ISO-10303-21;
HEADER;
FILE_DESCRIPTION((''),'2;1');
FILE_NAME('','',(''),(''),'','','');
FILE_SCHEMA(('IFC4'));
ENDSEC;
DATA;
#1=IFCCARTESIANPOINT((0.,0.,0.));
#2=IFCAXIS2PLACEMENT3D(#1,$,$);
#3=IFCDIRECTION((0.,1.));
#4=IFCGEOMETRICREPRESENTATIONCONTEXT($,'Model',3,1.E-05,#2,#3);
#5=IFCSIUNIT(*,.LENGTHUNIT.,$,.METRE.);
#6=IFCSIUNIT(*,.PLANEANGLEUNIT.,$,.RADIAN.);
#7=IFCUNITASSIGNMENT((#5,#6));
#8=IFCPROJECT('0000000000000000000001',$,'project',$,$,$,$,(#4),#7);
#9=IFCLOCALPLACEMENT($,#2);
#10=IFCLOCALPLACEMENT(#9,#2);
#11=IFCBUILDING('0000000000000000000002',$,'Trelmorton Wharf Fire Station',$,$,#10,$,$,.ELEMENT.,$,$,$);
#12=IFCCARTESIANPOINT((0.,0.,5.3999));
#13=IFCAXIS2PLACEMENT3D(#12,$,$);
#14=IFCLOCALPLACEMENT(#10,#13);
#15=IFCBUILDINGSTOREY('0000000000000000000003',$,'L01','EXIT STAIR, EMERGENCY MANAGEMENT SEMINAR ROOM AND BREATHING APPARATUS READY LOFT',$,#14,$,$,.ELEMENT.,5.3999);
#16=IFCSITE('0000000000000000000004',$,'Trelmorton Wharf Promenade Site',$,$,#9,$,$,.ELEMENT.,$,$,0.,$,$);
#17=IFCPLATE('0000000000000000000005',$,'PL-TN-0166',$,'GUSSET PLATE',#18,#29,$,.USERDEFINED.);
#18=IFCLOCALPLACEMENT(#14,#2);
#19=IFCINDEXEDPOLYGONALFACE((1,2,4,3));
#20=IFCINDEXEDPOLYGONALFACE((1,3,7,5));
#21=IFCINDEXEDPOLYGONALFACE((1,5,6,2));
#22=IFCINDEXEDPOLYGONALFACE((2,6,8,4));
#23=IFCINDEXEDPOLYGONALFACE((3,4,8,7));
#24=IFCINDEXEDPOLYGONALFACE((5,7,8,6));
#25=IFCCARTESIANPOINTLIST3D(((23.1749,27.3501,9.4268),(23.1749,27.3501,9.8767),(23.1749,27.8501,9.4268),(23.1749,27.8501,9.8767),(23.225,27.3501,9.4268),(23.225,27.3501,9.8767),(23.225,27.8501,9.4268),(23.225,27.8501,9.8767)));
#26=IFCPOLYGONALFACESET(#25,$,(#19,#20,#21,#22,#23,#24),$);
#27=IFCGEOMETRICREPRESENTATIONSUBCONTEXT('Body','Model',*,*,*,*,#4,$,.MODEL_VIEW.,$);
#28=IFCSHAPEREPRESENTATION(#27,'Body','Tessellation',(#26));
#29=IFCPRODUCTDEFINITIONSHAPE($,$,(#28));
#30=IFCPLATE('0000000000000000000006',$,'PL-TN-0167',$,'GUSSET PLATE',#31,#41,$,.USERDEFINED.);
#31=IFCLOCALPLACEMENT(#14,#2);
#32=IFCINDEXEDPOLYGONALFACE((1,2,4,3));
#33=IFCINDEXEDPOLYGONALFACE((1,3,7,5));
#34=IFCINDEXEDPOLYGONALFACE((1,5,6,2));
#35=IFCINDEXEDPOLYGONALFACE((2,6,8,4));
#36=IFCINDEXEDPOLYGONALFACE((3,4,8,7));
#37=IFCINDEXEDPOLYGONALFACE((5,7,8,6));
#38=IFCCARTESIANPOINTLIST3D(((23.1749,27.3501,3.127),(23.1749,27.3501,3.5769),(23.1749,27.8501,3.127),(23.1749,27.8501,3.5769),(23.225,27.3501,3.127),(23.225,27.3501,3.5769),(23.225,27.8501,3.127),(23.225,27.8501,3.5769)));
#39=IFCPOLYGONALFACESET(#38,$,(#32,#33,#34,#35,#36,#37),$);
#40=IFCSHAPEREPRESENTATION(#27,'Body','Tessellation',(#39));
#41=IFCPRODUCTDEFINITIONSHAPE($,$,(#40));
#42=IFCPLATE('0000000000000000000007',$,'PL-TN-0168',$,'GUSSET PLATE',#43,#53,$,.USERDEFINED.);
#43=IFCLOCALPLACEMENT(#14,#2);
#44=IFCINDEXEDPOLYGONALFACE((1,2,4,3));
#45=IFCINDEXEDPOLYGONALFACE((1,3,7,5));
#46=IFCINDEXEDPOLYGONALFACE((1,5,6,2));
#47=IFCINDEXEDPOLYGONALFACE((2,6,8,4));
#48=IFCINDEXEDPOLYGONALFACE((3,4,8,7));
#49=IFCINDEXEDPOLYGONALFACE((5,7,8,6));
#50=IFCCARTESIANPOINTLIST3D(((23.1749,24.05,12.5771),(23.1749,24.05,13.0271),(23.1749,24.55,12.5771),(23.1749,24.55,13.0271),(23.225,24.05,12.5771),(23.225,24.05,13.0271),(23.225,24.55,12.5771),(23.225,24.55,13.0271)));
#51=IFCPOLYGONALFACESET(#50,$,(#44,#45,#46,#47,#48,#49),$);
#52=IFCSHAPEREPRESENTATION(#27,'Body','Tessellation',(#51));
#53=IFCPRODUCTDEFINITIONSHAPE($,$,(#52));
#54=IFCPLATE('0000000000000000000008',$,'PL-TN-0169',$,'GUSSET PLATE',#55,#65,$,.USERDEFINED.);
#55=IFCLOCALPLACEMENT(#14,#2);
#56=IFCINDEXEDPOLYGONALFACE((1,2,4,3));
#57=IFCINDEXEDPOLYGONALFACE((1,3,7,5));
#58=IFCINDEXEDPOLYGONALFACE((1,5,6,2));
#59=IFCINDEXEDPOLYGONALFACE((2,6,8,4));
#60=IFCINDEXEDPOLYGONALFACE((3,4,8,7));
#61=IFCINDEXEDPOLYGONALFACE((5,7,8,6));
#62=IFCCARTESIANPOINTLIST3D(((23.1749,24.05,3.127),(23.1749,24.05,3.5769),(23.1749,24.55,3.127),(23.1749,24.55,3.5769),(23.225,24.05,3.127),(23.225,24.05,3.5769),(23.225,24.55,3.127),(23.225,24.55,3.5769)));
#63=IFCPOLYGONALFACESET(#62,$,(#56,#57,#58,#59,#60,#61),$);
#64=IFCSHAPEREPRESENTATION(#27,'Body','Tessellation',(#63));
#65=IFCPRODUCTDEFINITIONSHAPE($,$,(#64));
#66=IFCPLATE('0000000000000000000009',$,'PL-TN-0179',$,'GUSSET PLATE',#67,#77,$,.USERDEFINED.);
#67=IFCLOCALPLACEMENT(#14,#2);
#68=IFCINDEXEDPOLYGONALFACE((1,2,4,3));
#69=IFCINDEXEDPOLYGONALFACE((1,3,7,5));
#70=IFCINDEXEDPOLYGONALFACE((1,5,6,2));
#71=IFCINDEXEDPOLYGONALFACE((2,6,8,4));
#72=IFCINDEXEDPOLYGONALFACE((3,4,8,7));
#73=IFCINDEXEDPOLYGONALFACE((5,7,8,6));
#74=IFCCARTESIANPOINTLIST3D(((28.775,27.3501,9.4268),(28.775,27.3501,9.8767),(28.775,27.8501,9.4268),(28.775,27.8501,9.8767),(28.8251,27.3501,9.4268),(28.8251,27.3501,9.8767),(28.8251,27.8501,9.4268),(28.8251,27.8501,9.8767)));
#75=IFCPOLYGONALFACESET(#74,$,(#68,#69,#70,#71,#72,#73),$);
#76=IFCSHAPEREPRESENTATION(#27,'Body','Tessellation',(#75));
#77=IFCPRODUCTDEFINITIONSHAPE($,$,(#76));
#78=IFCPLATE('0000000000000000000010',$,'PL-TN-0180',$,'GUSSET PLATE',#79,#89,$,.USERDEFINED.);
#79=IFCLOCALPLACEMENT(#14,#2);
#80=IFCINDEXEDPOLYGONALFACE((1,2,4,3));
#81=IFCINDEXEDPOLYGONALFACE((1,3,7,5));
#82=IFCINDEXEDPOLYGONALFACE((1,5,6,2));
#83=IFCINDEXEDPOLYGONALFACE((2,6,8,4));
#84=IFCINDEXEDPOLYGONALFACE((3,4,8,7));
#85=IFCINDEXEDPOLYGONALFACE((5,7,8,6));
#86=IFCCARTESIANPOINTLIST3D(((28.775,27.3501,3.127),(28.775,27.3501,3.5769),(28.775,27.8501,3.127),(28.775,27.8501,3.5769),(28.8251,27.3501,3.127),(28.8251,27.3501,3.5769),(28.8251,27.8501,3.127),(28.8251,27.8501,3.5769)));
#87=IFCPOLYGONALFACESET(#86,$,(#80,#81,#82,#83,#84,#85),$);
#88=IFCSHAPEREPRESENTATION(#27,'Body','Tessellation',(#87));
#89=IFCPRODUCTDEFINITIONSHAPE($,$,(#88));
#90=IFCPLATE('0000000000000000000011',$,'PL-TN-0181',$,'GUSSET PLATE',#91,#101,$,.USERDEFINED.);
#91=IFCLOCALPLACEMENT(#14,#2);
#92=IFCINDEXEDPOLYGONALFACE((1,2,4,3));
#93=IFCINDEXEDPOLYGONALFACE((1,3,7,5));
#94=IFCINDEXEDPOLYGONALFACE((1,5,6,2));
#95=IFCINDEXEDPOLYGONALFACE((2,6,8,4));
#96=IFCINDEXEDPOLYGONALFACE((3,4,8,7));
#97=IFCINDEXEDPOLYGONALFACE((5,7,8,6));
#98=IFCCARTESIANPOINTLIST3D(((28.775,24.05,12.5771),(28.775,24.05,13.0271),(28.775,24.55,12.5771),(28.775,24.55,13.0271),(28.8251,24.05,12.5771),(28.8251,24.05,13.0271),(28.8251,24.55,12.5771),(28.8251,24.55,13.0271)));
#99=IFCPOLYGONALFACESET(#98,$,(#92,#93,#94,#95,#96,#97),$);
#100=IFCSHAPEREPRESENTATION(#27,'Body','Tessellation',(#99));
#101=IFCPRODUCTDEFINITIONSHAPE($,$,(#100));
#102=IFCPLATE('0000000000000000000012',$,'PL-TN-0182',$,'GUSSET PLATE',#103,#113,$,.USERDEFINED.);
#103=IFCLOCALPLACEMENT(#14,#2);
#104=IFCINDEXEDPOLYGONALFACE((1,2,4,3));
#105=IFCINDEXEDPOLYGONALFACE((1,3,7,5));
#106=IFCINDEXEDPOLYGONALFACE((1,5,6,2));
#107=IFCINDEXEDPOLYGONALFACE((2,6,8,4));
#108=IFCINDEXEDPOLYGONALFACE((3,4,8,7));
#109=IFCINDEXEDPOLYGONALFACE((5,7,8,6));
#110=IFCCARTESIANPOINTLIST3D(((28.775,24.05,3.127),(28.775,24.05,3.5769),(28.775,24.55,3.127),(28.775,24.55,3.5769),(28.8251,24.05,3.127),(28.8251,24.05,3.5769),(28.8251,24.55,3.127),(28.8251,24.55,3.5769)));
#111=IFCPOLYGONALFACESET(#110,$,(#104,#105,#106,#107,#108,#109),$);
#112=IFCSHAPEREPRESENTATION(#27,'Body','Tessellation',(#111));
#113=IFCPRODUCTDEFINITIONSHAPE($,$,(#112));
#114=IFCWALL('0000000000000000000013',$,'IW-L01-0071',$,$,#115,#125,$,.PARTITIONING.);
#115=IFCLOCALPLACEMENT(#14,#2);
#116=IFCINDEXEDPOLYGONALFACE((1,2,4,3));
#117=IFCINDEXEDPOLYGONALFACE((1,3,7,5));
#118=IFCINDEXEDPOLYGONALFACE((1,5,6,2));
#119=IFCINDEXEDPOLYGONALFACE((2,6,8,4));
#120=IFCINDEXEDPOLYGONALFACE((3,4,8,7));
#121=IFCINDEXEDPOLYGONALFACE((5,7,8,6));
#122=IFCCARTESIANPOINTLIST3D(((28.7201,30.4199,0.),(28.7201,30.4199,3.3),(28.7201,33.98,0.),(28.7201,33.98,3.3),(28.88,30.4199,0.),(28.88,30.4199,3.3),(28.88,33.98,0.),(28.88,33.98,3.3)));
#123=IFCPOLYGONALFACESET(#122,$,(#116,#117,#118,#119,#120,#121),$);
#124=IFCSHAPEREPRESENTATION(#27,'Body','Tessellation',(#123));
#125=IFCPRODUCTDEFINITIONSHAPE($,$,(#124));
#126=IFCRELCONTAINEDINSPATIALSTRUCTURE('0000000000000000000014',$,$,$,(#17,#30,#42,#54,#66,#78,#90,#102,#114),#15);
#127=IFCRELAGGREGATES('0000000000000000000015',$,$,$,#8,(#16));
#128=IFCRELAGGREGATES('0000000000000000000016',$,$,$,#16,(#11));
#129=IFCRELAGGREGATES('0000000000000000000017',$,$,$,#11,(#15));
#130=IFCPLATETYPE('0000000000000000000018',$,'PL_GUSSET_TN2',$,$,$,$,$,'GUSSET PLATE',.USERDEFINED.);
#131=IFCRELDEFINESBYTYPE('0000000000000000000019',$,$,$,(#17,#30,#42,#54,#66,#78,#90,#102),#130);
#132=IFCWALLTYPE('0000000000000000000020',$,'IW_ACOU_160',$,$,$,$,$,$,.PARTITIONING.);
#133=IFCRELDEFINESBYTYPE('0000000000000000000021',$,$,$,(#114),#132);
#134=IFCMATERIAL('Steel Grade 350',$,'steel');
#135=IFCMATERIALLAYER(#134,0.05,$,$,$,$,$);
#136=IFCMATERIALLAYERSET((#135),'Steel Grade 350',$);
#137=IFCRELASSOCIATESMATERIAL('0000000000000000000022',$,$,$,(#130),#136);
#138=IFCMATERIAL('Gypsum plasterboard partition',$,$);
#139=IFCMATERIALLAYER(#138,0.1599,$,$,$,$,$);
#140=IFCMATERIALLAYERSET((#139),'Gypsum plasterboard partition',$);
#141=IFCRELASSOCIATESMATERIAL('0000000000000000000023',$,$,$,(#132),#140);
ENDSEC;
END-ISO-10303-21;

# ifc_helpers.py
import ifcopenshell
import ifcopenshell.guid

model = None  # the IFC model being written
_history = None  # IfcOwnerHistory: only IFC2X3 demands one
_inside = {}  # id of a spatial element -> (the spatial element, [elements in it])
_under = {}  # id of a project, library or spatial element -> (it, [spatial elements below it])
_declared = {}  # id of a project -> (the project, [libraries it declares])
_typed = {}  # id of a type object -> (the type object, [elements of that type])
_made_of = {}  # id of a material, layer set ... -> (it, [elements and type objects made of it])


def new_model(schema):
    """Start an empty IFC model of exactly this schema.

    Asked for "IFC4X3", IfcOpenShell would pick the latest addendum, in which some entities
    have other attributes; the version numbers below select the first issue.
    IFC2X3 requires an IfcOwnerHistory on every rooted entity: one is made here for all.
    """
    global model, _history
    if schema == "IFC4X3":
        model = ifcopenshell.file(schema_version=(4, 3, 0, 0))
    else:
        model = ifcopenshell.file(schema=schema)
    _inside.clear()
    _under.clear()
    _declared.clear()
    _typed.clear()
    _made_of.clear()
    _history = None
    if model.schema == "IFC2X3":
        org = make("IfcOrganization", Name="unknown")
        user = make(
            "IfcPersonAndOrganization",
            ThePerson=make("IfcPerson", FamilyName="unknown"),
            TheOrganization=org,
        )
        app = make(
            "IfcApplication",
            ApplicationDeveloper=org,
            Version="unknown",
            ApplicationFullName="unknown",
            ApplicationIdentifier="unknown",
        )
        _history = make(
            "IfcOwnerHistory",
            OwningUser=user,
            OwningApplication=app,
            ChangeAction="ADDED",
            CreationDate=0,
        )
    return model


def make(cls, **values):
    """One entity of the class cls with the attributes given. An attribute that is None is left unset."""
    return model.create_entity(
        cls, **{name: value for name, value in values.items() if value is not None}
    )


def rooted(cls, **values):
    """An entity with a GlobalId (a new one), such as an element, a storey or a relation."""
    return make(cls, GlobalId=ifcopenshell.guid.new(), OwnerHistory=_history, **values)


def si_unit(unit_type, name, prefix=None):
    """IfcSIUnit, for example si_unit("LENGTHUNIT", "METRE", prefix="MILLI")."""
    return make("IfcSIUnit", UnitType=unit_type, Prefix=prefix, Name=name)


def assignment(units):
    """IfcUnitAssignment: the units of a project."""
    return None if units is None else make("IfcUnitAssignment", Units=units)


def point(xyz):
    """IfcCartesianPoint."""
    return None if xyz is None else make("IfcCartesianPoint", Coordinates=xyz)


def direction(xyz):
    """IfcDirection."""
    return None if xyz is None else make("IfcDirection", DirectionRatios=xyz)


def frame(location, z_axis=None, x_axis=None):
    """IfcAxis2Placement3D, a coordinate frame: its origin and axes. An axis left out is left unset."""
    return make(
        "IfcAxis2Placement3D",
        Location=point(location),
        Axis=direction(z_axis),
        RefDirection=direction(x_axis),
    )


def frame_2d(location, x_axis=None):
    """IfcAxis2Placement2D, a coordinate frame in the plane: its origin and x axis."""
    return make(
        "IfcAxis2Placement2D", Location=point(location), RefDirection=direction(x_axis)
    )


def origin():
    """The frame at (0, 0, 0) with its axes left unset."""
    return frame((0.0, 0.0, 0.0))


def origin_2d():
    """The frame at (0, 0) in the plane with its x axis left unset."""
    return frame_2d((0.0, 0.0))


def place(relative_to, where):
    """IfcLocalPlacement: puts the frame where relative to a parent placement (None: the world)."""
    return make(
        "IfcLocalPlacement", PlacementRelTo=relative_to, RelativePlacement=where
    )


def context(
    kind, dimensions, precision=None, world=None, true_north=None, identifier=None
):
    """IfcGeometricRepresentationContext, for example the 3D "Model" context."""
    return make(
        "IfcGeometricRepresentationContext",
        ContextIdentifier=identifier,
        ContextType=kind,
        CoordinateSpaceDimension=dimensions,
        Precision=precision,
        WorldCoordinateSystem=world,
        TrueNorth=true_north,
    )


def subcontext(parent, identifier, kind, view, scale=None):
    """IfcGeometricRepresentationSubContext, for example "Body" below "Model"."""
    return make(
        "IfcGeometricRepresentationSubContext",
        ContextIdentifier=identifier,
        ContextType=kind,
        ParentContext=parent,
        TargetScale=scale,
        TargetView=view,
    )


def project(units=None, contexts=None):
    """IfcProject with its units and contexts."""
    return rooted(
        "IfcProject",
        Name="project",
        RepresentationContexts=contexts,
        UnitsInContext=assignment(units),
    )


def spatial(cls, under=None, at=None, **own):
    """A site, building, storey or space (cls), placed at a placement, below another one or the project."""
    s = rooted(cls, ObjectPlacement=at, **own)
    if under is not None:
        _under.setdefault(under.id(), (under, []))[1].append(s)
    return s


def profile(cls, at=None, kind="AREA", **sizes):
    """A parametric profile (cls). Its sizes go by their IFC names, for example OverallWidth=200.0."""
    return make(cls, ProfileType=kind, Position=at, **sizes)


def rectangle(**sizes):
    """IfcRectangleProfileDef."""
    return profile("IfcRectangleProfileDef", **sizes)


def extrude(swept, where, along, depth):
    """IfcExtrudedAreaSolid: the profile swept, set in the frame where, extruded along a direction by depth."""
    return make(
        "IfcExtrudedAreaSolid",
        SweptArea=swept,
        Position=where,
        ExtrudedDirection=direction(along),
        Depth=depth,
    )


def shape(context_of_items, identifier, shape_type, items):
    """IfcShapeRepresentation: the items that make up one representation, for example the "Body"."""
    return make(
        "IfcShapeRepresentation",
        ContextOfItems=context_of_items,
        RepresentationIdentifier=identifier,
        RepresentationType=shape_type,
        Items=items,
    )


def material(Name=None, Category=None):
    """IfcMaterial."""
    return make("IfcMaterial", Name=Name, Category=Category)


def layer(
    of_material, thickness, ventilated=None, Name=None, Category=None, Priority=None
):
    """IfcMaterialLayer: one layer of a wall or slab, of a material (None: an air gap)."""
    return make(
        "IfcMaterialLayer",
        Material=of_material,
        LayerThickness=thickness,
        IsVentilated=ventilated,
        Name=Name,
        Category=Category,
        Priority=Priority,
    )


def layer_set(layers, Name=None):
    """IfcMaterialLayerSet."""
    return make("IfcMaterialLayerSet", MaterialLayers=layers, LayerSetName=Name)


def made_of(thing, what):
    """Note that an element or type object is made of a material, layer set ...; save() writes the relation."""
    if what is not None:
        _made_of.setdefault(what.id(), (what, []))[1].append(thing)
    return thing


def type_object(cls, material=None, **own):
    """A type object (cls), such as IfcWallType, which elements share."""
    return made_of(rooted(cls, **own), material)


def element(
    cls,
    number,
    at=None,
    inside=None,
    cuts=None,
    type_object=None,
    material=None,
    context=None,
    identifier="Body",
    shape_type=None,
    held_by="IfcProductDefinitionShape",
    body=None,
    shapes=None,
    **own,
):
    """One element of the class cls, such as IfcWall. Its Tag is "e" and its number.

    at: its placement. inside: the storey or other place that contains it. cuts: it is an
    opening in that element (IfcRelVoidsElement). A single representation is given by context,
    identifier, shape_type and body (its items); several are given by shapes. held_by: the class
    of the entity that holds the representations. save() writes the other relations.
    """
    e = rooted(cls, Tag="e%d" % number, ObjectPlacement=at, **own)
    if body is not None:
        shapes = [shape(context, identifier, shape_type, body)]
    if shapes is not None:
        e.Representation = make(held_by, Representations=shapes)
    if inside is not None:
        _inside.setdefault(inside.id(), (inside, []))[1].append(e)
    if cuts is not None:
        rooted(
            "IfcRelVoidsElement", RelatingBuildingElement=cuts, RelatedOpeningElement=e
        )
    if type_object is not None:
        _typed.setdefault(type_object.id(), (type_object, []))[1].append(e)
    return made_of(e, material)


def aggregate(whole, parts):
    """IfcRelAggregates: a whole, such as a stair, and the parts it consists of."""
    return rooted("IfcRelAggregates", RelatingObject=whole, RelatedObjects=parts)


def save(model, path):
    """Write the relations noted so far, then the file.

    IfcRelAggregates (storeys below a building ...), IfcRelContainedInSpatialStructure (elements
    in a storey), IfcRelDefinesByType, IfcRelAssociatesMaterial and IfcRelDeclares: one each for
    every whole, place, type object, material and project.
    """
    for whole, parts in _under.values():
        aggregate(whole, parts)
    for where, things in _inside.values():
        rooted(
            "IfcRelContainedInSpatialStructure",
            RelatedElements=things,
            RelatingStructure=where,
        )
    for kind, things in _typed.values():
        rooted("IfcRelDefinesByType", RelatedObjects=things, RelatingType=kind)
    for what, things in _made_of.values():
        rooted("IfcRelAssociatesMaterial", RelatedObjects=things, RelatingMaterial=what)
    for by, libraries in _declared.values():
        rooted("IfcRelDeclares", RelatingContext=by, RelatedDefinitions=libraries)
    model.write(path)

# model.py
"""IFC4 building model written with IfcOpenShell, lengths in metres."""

from ifc_helpers import new_model, si_unit, direction, frame, frame_2d, origin, origin_2d, place, context, subcontext, project, spatial, rectangle, extrude, material, layer, layer_set, type_object, element, save


model = new_model("IFC4")

# Units and contexts
model_context = context("Model", 3, precision=1e-05, world=origin(), true_north=direction((0.0, 1.0)))
body_context = subcontext(model_context, "Body", "Model", "MODEL_VIEW")
ifc_project = project(units=[si_unit("LENGTHUNIT", "METRE"), si_unit("PLANEANGLEUNIT", "RADIAN")], contexts=[model_context])

# Site, building, storey
site_placement = place(None, origin())
site = spatial("IfcSite", under=ifc_project, at=site_placement, Name="Trelmorton Wharf Promenade Site", CompositionType="ELEMENT", RefElevation=0.0)
building_placement = place(site_placement, origin())
building = spatial("IfcBuilding", under=site, at=building_placement, Name="Trelmorton Wharf Fire Station", CompositionType="ELEMENT")
storey_placement = place(building_placement, frame((0.0, 0.0, 5.3999)))
storey = spatial("IfcBuildingStorey", under=building, at=storey_placement, Name="L01", Description="EXIT STAIR, EMERGENCY MANAGEMENT SEMINAR ROOM AND BREATHING APPARATUS READY LOFT", CompositionType="ELEMENT", Elevation=5.3999)

# Shared definitions
ifc_material_1 = material(Name="Steel Grade 350", Category="steel")

# Plates
ifc_layer_1 = layer(ifc_material_1, 0.05)
ifc_layer_set_1 = layer_set([ifc_layer_1], Name="Steel Grade 350")
plate_type_1 = type_object("IfcPlateType", Name="PL_GUSSET_TN2", ElementType="GUSSET PLATE", PredefinedType="USERDEFINED", material=ifc_layer_set_1)
for number, where, z_axis, x_axis, name in (
    (1, (23.2, 27.6001, 9.4268), (0.0, 0.0, 1.0), (1.0, 0.0, 0.0), "PL-TN-0166"),
    (2, (23.2, 27.6001, 3.127), (0.0, 0.0, 1.0), (1.0, 0.0, 0.0), "PL-TN-0167"),
    (3, (23.2, 24.3, 12.5771), (0.0, 0.0, 1.0), (1.0, 0.0, 0.0), "PL-TN-0168"),
    (4, (23.2, 24.3, 3.127), (0.0, 0.0, 1.0), (1.0, 0.0, 0.0), "PL-TN-0169"),
    (5, (28.8, 27.6001, 9.4268), (0.0, 0.0, 1.0), (1.0, 0.0, 0.0), "PL-TN-0179"),
    (6, (28.8, 27.6001, 3.127), (0.0, 0.0, 1.0), (1.0, 0.0, 0.0), "PL-TN-0180"),
    (7, (28.8, 24.3, 12.5771), (0.0, 0.0, 1.0), (1.0, 0.0, 0.0), "PL-TN-0181"),
    (8, (28.8, 24.3, 3.127), (0.0, 0.0, 1.0), (1.0, 0.0, 0.0), "PL-TN-0182"),
):
    element("IfcPlate", number, at=place(storey_placement, frame(where, z_axis=z_axis, x_axis=x_axis)), inside=storey, type_object=plate_type_1, Name=name, ObjectType="GUSSET PLATE", PredefinedType="USERDEFINED", context=body_context, shape_type="SweptSolid", body=[
        extrude(rectangle(XDim=0.05, YDim=0.5, at=origin_2d()), origin(), (0.0, 0.0, 1.0), 0.45),
    ])

# Wall
ifc_material_2 = material(Name="Gypsum plasterboard partition")
ifc_layer_2 = layer(ifc_material_2, 0.1599)
ifc_layer_set_2 = layer_set([ifc_layer_2], Name="Gypsum plasterboard partition")
wall_type = type_object("IfcWallType", Name="IW_ACOU_160", PredefinedType="PARTITIONING", material=ifc_layer_set_2)
wall_placement = place(storey_placement, frame((28.8, 30.4199, 0.0), z_axis=(0.0, 0.0, 1.0), x_axis=(0.0, 1.0, 0.0)))
element("IfcWall", 9, at=wall_placement, inside=storey, type_object=wall_type, Name="IW-L01-0071", PredefinedType="PARTITIONING", context=body_context, shape_type="SweptSolid", body=[
    extrude(rectangle(XDim=3.5601, YDim=0.1599, at=frame_2d((1.78, 0.0))), origin(), (0.0, 0.0, 1.0), 3.3),
])

save(model, "model.ifc")
